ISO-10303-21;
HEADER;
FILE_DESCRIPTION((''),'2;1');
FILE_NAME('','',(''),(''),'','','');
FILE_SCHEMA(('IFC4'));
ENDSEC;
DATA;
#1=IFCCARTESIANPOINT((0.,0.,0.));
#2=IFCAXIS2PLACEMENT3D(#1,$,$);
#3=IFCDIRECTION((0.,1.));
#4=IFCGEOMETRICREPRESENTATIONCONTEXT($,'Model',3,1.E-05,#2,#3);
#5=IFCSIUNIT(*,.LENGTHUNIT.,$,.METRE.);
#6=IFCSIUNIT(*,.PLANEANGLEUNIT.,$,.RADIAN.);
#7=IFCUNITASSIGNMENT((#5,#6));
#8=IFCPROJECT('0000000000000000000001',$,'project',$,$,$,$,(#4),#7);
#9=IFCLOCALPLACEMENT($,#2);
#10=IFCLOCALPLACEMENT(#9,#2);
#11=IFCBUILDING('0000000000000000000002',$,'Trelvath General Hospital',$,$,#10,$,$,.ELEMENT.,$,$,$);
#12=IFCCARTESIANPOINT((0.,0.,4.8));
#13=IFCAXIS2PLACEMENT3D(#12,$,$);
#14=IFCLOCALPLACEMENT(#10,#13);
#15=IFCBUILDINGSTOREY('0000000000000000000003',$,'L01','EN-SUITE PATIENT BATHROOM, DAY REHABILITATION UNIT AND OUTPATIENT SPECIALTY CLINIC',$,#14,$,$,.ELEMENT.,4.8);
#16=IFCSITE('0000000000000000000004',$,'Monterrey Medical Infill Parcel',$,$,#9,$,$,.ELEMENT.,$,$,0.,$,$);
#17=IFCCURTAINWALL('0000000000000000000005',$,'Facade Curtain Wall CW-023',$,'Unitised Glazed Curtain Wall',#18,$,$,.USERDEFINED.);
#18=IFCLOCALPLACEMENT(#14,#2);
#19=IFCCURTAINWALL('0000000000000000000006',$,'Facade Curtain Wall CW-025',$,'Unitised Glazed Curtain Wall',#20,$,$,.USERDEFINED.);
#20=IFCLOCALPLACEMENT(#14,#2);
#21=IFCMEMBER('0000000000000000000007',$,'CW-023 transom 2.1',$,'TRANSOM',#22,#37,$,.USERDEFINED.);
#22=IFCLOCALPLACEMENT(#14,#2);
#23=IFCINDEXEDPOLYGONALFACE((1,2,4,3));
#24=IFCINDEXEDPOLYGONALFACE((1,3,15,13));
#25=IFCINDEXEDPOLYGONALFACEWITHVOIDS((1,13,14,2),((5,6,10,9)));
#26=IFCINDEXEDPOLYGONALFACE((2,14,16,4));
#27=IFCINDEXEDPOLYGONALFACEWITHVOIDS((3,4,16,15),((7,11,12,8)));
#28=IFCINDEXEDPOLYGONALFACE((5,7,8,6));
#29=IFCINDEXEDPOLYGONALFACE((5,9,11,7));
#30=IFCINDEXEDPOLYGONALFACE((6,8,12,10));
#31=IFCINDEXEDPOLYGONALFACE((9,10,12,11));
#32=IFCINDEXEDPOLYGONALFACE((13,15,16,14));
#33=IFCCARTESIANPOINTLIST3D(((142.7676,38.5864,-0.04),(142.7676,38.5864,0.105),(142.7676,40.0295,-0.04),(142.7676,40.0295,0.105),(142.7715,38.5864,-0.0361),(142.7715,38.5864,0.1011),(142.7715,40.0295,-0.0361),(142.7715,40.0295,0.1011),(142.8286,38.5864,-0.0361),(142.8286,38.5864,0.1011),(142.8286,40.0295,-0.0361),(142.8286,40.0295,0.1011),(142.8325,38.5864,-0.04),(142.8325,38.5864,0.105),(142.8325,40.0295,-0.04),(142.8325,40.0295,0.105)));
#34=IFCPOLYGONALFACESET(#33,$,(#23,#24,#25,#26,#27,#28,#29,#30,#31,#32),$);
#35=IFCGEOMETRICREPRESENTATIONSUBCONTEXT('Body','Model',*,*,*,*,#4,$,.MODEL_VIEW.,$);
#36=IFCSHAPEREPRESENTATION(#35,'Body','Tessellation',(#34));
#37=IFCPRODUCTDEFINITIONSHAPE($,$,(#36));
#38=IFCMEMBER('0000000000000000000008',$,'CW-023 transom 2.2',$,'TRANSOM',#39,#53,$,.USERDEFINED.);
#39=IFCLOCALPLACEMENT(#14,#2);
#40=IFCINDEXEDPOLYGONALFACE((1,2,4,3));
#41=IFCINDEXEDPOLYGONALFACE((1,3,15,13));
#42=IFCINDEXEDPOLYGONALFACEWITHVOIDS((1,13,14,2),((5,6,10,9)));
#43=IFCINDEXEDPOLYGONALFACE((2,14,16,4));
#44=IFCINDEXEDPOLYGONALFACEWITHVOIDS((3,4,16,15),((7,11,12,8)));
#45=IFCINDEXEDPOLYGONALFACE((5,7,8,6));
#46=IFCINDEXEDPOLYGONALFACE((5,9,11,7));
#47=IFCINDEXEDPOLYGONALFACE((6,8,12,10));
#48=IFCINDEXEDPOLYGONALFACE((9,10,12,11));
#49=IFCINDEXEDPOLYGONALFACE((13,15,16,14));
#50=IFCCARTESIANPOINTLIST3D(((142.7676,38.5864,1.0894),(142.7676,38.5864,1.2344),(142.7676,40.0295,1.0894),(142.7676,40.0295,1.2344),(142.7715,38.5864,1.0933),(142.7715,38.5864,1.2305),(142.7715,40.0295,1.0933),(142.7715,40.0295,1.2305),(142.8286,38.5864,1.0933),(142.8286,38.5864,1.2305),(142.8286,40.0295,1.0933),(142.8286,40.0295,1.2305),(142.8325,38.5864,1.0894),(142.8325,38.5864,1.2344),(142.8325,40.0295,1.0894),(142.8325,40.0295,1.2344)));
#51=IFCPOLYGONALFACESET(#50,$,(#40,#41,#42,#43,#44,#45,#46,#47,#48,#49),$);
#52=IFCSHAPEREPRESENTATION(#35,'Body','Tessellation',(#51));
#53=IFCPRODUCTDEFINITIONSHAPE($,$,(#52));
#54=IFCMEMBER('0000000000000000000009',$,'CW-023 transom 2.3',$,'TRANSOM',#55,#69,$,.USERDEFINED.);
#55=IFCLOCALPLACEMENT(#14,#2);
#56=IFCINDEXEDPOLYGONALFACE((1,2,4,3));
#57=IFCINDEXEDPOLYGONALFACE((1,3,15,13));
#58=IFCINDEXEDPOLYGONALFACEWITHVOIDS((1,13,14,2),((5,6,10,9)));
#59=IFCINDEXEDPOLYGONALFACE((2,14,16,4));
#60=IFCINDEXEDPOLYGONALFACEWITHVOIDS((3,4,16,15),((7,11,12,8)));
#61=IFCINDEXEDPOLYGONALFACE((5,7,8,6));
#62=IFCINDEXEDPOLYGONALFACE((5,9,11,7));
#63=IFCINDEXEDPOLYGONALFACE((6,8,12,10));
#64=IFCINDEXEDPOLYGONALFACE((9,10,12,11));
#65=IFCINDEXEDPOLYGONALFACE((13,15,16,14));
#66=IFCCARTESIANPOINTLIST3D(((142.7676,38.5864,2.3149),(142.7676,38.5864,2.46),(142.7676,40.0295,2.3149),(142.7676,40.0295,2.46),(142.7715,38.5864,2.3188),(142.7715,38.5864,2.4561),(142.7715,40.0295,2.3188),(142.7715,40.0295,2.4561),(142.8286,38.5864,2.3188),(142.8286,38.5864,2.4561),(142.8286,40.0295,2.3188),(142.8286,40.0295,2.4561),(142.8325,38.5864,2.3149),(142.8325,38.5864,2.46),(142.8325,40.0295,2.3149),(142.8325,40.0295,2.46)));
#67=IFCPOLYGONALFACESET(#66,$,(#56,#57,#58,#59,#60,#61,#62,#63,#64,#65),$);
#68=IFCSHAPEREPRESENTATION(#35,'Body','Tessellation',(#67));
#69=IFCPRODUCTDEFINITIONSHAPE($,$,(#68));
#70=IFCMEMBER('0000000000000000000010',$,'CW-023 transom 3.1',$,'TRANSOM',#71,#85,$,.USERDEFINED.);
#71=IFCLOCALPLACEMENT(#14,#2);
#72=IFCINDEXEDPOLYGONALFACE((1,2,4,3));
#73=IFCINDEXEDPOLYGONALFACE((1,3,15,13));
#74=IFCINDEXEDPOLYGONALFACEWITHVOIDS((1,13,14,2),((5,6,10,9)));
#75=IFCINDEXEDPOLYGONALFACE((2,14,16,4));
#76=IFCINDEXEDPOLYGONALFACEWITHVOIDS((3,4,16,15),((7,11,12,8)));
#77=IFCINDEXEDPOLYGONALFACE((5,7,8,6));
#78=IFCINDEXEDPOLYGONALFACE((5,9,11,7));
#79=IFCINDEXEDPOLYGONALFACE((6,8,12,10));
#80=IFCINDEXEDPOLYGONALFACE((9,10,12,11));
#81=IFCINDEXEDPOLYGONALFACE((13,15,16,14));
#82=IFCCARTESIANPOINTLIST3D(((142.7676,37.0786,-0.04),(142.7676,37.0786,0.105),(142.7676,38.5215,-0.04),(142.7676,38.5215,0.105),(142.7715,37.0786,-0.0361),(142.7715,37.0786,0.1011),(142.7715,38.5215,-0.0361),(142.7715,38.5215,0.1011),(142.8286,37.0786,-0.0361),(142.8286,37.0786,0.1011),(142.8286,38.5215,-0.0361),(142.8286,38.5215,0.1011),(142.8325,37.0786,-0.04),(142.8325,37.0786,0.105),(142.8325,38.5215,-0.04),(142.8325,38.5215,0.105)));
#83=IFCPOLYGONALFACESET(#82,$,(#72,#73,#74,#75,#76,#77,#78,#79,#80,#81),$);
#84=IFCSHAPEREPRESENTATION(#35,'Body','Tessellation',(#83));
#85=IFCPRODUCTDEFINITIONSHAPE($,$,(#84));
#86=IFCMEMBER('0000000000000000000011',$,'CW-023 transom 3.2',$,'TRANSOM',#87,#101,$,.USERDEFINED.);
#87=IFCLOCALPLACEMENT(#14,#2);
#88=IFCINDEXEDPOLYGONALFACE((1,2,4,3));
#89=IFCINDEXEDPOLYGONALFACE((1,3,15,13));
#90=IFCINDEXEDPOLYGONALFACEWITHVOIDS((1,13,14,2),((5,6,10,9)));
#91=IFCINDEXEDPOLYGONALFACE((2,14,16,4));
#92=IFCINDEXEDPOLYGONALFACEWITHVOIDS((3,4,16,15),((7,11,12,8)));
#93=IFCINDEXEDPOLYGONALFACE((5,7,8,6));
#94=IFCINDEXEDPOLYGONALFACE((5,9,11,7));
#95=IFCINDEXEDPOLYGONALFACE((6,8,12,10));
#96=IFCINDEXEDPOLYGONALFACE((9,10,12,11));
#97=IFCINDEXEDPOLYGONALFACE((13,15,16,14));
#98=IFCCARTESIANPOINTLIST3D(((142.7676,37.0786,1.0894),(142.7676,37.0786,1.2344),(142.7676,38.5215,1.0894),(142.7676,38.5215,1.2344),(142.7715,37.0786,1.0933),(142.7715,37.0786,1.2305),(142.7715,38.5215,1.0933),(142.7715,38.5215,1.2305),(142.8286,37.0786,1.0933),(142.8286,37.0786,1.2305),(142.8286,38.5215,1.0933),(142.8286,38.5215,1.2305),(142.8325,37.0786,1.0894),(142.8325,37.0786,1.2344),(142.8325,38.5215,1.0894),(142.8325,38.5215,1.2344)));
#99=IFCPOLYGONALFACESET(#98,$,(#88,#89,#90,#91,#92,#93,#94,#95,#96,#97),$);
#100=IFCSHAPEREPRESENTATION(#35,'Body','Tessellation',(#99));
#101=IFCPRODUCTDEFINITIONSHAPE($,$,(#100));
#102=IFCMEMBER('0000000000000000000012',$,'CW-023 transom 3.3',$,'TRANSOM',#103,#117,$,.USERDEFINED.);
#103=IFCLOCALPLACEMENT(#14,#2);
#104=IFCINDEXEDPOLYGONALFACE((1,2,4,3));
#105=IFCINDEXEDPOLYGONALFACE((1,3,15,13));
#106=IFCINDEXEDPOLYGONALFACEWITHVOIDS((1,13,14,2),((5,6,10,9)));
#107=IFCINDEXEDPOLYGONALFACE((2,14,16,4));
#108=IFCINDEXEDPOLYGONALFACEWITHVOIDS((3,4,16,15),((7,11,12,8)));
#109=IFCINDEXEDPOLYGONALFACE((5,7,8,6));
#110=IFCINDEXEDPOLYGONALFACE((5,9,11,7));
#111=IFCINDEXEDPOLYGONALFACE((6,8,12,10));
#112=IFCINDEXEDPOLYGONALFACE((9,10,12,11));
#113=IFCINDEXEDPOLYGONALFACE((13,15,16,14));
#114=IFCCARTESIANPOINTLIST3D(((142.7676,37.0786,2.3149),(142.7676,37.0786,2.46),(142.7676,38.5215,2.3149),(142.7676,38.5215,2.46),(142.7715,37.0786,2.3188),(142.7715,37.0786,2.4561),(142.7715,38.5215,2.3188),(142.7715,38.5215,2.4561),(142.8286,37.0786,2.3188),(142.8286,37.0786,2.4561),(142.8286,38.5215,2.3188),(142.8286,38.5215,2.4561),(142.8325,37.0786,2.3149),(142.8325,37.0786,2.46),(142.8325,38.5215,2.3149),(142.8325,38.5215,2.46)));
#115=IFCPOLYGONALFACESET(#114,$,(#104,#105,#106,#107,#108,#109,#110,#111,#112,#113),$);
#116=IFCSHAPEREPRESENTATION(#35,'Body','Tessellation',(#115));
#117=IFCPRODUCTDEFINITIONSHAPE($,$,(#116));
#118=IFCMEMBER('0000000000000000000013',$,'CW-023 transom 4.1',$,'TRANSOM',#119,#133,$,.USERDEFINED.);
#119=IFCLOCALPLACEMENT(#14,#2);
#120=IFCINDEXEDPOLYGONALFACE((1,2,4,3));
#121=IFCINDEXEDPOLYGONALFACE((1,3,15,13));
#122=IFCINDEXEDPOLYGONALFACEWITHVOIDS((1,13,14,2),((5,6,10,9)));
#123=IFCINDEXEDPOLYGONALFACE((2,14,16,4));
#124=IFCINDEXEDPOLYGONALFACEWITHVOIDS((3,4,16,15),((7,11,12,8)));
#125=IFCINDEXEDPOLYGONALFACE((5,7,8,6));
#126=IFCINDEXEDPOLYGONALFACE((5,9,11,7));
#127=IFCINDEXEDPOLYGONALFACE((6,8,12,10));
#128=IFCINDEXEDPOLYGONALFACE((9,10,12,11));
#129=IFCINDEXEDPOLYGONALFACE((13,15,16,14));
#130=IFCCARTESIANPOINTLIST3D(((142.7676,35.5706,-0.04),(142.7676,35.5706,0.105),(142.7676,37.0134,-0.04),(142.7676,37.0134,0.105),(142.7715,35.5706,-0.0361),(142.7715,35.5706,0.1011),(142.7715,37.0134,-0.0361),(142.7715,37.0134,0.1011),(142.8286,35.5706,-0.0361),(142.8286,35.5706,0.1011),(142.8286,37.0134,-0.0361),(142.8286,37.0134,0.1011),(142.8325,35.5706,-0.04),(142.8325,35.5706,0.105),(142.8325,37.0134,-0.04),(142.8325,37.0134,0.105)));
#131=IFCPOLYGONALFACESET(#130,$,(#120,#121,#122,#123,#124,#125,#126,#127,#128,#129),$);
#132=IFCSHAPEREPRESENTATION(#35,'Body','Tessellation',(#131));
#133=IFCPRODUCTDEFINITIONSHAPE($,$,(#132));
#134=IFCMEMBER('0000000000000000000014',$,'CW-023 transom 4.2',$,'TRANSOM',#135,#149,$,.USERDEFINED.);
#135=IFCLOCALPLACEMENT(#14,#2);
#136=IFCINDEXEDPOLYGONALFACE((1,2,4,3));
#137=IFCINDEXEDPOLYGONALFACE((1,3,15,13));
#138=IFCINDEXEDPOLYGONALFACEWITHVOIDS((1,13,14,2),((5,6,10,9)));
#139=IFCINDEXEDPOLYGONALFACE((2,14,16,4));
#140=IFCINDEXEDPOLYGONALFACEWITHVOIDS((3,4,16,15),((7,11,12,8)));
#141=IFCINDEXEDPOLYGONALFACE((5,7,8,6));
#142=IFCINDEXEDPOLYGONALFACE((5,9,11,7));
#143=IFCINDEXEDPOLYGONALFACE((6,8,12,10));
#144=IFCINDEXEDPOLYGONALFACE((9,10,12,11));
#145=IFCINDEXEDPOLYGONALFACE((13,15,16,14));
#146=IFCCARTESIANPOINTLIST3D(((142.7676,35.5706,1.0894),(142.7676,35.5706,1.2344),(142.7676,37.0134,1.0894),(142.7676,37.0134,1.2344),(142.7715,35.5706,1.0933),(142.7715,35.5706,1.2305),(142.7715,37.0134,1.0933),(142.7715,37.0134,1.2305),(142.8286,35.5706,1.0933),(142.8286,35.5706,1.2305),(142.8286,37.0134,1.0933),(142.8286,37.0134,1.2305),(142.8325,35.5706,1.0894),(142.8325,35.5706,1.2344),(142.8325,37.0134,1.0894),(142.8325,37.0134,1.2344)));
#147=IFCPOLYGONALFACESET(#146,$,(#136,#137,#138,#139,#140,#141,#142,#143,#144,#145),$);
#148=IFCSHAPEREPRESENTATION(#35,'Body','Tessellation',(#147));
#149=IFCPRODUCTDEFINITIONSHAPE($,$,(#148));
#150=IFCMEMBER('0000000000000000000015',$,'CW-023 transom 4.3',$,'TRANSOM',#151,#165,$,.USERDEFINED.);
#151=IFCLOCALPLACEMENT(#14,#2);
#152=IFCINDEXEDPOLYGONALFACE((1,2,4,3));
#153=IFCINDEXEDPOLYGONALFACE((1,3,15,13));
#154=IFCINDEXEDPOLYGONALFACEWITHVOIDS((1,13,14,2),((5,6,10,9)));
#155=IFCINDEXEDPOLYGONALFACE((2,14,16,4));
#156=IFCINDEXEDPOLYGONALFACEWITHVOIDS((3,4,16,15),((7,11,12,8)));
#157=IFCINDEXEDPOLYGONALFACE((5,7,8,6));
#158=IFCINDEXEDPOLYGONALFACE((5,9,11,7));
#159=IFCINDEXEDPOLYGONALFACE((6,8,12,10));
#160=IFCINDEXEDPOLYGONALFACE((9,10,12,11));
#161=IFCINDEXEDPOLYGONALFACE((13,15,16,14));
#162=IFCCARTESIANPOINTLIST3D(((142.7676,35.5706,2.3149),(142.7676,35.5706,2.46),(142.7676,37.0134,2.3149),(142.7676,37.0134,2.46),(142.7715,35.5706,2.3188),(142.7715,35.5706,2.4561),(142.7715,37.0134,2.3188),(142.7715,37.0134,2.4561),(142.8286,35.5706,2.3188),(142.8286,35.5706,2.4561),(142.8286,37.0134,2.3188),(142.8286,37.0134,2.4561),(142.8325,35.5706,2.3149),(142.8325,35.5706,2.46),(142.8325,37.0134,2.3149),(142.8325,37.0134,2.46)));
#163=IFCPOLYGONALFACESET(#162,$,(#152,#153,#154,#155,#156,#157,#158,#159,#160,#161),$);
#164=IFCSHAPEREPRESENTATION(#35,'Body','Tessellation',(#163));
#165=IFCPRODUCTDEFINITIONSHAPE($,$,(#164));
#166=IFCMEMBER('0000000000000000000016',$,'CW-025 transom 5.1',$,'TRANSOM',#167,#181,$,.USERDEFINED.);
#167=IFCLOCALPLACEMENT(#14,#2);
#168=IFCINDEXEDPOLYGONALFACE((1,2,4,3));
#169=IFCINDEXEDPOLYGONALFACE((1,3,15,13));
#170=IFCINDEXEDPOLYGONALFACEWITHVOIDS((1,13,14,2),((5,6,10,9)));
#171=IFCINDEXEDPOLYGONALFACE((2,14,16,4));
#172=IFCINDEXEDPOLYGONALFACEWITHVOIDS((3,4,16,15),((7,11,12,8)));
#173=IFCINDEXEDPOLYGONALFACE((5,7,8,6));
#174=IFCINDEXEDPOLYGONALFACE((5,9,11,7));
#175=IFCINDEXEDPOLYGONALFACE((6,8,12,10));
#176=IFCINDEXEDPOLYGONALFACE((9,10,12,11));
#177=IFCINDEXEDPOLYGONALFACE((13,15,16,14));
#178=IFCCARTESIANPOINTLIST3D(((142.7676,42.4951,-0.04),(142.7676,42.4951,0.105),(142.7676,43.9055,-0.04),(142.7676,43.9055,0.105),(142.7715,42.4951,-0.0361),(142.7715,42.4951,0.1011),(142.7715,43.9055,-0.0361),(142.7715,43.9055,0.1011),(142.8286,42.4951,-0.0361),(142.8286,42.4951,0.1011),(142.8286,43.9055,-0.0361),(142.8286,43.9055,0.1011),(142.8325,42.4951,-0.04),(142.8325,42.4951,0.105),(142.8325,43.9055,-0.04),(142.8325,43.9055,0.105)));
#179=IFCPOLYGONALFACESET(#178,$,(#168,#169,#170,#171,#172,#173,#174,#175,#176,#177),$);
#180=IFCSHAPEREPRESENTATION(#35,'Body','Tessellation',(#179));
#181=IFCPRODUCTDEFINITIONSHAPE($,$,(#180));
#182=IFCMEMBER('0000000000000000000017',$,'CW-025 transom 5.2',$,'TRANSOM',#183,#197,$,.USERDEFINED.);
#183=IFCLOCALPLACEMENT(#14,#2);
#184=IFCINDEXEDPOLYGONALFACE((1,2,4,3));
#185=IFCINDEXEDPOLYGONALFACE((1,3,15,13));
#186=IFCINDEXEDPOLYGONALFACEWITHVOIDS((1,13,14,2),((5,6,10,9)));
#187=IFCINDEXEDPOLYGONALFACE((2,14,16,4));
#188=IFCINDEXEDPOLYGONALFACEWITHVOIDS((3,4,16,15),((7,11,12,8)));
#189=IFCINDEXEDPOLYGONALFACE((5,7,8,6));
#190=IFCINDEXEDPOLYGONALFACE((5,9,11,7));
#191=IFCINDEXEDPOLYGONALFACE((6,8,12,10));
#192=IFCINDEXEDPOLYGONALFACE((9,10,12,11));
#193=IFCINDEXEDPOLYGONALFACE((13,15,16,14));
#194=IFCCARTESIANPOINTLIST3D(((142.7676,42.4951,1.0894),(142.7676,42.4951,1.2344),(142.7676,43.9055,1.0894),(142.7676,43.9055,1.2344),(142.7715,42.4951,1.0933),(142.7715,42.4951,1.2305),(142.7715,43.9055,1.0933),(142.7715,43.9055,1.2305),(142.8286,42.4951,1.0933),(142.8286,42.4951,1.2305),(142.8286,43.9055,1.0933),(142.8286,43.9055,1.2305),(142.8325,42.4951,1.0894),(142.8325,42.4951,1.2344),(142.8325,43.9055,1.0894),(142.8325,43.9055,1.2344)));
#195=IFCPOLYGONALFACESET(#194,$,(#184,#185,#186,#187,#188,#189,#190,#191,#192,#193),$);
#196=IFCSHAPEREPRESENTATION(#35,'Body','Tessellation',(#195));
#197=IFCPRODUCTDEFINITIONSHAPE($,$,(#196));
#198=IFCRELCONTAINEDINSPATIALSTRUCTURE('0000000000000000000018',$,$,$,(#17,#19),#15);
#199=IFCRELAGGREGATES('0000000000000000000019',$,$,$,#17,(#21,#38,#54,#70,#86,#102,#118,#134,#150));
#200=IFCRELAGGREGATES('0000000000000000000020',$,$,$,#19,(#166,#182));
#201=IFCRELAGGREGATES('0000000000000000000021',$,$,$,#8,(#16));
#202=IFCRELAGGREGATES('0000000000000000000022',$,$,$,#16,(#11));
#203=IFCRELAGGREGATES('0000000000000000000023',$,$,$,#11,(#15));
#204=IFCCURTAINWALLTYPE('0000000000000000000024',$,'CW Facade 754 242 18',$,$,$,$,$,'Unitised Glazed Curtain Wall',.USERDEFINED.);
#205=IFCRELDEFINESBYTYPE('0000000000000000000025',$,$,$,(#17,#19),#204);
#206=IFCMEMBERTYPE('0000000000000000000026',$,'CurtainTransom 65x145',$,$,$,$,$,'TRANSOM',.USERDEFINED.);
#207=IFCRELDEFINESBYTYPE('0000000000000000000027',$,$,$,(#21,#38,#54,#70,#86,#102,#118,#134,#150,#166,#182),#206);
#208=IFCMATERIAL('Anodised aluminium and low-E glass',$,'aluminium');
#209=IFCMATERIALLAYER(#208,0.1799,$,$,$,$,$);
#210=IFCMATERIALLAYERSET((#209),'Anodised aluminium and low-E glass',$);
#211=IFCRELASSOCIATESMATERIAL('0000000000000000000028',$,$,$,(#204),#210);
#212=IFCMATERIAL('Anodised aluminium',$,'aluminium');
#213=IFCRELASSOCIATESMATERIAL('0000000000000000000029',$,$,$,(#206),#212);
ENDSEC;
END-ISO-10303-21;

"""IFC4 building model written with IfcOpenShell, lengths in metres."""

from ifc_helpers import new_model, si_unit, direction, frame, origin, origin_2d, place, context, subcontext, project, spatial, hollow_rectangle, extrude, material, layer, layer_set, material_profile, profile_set, type_object, element, aggregate, save


model = new_model("IFC4")

# Units and contexts
model_context = context("Model", 3, precision=1e-05, world=origin(), true_north=direction((0.0, 1.0)))
body_context = subcontext(model_context, "Body", "Model", "MODEL_VIEW")
ifc_project = project(units=[si_unit("LENGTHUNIT", "METRE"), si_unit("PLANEANGLEUNIT", "RADIAN")], contexts=[model_context])

# Site, building, storey
site_placement = place(None, origin())
site = spatial("IfcSite", under=ifc_project, at=site_placement, Name="Monterrey Medical Infill Parcel", CompositionType="ELEMENT", RefElevation=0.0)
building_placement = place(site_placement, origin())
building = spatial("IfcBuilding", under=site, at=building_placement, Name="Trelvath General Hospital", CompositionType="ELEMENT")
storey_placement = place(building_placement, frame((0.0, 0.0, 4.8)))
storey = spatial("IfcBuildingStorey", under=building, at=storey_placement, Name="L01", Description="EN-SUITE PATIENT BATHROOM, DAY REHABILITATION UNIT AND OUTPATIENT SPECIALTY CLINIC", CompositionType="ELEMENT", Elevation=4.8)

# Curtain walls
ifc_material_1 = material(Name="Anodised aluminium and low-E glass", Category="aluminium")
ifc_layer_1 = layer(ifc_material_1, 0.1799)
ifc_layer_set_1 = layer_set([ifc_layer_1], Name="Anodised aluminium and low-E glass")
curtain_wall_type = type_object("IfcCurtainWallType", Name="CW Facade 754 242 18", ElementType="Unitised Glazed Curtain Wall", PredefinedType="USERDEFINED", material=ifc_layer_set_1)
curtain_wall_1_placement = place(storey_placement, origin())
curtain_wall_1 = element("IfcCurtainWall", 1, at=curtain_wall_1_placement, inside=storey, type_object=curtain_wall_type, Name="Facade Curtain Wall CW-023", ObjectType="Unitised Glazed Curtain Wall", PredefinedType="USERDEFINED")
curtain_wall_2_placement = place(storey_placement, origin())
curtain_wall_2 = element("IfcCurtainWall", 2, at=curtain_wall_2_placement, inside=storey, type_object=curtain_wall_type, Name="Facade Curtain Wall CW-025", ObjectType="Unitised Glazed Curtain Wall", PredefinedType="USERDEFINED")

# Members
ifc_material_2 = material(Name="Anodised aluminium", Category="aluminium")
ifc_material_profile_1 = material_profile(ifc_material_2, hollow_rectangle(XDim=0.0649, YDim=0.145, WallThickness=0.0039, at=origin_2d()), Name="RHS65x145x4")
ifc_profile_set_1 = profile_set([ifc_material_profile_1], Name="Anodised aluminium")
member_type_1 = type_object("IfcMemberType", Name="CurtainTransom 65x145", ElementType="TRANSOM", PredefinedType="USERDEFINED", material=ifc_profile_set_1)
member_1_placement = place(storey_placement, frame((142.8, 40.0295, 0.0325), z_axis=(0.0, -1.0, 0.0), x_axis=(1.0, 0.0, 0.0)))
member_1 = element("IfcMember", 3, at=member_1_placement, type_object=member_type_1, Name="CW-023 transom 2.1", ObjectType="TRANSOM", PredefinedType="USERDEFINED", context=body_context, shape_type="SweptSolid", body=[
    extrude(hollow_rectangle(XDim=0.0649, YDim=0.145, WallThickness=0.0039, at=origin_2d()), origin(), (0.0, 0.0, 1.0), 1.4431),
])
member_2_placement = place(storey_placement, frame((142.8, 40.0295, 1.1619), z_axis=(0.0, -1.0, 0.0), x_axis=(1.0, 0.0, 0.0)))
member_2 = element("IfcMember", 4, at=member_2_placement, type_object=member_type_1, Name="CW-023 transom 2.2", ObjectType="TRANSOM", PredefinedType="USERDEFINED", context=body_context, shape_type="SweptSolid", body=[
    extrude(hollow_rectangle(XDim=0.0649, YDim=0.145, WallThickness=0.0039, at=origin_2d()), origin(), (0.0, 0.0, 1.0), 1.4431),
])
member_3_placement = place(storey_placement, frame((142.8, 40.0295, 2.3875), z_axis=(0.0, -1.0, 0.0), x_axis=(1.0, 0.0, 0.0)))
member_3 = element("IfcMember", 5, at=member_3_placement, type_object=member_type_1, Name="CW-023 transom 2.3", ObjectType="TRANSOM", PredefinedType="USERDEFINED", context=body_context, shape_type="SweptSolid", body=[
    extrude(hollow_rectangle(XDim=0.0649, YDim=0.145, WallThickness=0.0039, at=origin_2d()), origin(), (0.0, 0.0, 1.0), 1.4431),
])
member_4_placement = place(storey_placement, frame((142.8, 38.5215, 0.0325), z_axis=(0.0, -1.0, 0.0), x_axis=(1.0, 0.0, 0.0)))
member_4 = element("IfcMember", 6, at=member_4_placement, type_object=member_type_1, Name="CW-023 transom 3.1", ObjectType="TRANSOM", PredefinedType="USERDEFINED", context=body_context, shape_type="SweptSolid", body=[
    extrude(hollow_rectangle(XDim=0.0649, YDim=0.145, WallThickness=0.0039, at=origin_2d()), origin(), (0.0, 0.0, 1.0), 1.4429),
])
member_5_placement = place(storey_placement, frame((142.8, 38.5215, 1.1619), z_axis=(0.0, -1.0, 0.0), x_axis=(1.0, 0.0, 0.0)))
member_5 = element("IfcMember", 7, at=member_5_placement, type_object=member_type_1, Name="CW-023 transom 3.2", ObjectType="TRANSOM", PredefinedType="USERDEFINED", context=body_context, shape_type="SweptSolid", body=[
    extrude(hollow_rectangle(XDim=0.0649, YDim=0.145, WallThickness=0.0039, at=origin_2d()), origin(), (0.0, 0.0, 1.0), 1.4429),
])
member_6_placement = place(storey_placement, frame((142.8, 38.5215, 2.3875), z_axis=(0.0, -1.0, 0.0), x_axis=(1.0, 0.0, 0.0)))
member_6 = element("IfcMember", 8, at=member_6_placement, type_object=member_type_1, Name="CW-023 transom 3.3", ObjectType="TRANSOM", PredefinedType="USERDEFINED", context=body_context, shape_type="SweptSolid", body=[
    extrude(hollow_rectangle(XDim=0.0649, YDim=0.145, WallThickness=0.0039, at=origin_2d()), origin(), (0.0, 0.0, 1.0), 1.4429),
])
member_7_placement = place(storey_placement, frame((142.8, 37.0134, 0.0325), z_axis=(0.0, -1.0, 0.0), x_axis=(1.0, 0.0, 0.0)))
member_7 = element("IfcMember", 9, at=member_7_placement, type_object=member_type_1, Name="CW-023 transom 4.1", ObjectType="TRANSOM", PredefinedType="USERDEFINED", context=body_context, shape_type="SweptSolid", body=[
    extrude(hollow_rectangle(XDim=0.0649, YDim=0.145, WallThickness=0.0039, at=origin_2d()), origin(), (0.0, 0.0, 1.0), 1.4429),
])
member_8_placement = place(storey_placement, frame((142.8, 37.0134, 1.1619), z_axis=(0.0, -1.0, 0.0), x_axis=(1.0, 0.0, 0.0)))
member_8 = element("IfcMember", 10, at=member_8_placement, type_object=member_type_1, Name="CW-023 transom 4.2", ObjectType="TRANSOM", PredefinedType="USERDEFINED", context=body_context, shape_type="SweptSolid", body=[
    extrude(hollow_rectangle(XDim=0.0649, YDim=0.145, WallThickness=0.0039, at=origin_2d()), origin(), (0.0, 0.0, 1.0), 1.4429),
])
member_9_placement = place(storey_placement, frame((142.8, 37.0134, 2.3875), z_axis=(0.0, -1.0, 0.0), x_axis=(1.0, 0.0, 0.0)))
member_9 = element("IfcMember", 11, at=member_9_placement, type_object=member_type_1, Name="CW-023 transom 4.3", ObjectType="TRANSOM", PredefinedType="USERDEFINED", context=body_context, shape_type="SweptSolid", body=[
    extrude(hollow_rectangle(XDim=0.0649, YDim=0.145, WallThickness=0.0039, at=origin_2d()), origin(), (0.0, 0.0, 1.0), 1.4429),
])
member_10_placement = place(storey_placement, frame((142.8, 43.9055, 0.0325), z_axis=(0.0, -1.0, 0.0), x_axis=(1.0, 0.0, 0.0)))
member_10 = element("IfcMember", 12, at=member_10_placement, type_object=member_type_1, Name="CW-025 transom 5.1", ObjectType="TRANSOM", PredefinedType="USERDEFINED", context=body_context, shape_type="SweptSolid", body=[
    extrude(hollow_rectangle(XDim=0.0649, YDim=0.145, WallThickness=0.0039, at=origin_2d()), origin(), (0.0, 0.0, 1.0), 1.4104),
])
member_11_placement = place(storey_placement, frame((142.8, 43.9055, 1.1619), z_axis=(0.0, -1.0, 0.0), x_axis=(1.0, 0.0, 0.0)))
member_11 = element("IfcMember", 13, at=member_11_placement, type_object=member_type_1, Name="CW-025 transom 5.2", ObjectType="TRANSOM", PredefinedType="USERDEFINED", context=body_context, shape_type="SweptSolid", body=[
    extrude(hollow_rectangle(XDim=0.0649, YDim=0.145, WallThickness=0.0039, at=origin_2d()), origin(), (0.0, 0.0, 1.0), 1.4104),
])

aggregate(curtain_wall_1, [member_1, member_2, member_3, member_4, member_5, member_6, member_7, member_8, member_9])
aggregate(curtain_wall_2, [member_10, member_11])

save(model, "model.ifc")
